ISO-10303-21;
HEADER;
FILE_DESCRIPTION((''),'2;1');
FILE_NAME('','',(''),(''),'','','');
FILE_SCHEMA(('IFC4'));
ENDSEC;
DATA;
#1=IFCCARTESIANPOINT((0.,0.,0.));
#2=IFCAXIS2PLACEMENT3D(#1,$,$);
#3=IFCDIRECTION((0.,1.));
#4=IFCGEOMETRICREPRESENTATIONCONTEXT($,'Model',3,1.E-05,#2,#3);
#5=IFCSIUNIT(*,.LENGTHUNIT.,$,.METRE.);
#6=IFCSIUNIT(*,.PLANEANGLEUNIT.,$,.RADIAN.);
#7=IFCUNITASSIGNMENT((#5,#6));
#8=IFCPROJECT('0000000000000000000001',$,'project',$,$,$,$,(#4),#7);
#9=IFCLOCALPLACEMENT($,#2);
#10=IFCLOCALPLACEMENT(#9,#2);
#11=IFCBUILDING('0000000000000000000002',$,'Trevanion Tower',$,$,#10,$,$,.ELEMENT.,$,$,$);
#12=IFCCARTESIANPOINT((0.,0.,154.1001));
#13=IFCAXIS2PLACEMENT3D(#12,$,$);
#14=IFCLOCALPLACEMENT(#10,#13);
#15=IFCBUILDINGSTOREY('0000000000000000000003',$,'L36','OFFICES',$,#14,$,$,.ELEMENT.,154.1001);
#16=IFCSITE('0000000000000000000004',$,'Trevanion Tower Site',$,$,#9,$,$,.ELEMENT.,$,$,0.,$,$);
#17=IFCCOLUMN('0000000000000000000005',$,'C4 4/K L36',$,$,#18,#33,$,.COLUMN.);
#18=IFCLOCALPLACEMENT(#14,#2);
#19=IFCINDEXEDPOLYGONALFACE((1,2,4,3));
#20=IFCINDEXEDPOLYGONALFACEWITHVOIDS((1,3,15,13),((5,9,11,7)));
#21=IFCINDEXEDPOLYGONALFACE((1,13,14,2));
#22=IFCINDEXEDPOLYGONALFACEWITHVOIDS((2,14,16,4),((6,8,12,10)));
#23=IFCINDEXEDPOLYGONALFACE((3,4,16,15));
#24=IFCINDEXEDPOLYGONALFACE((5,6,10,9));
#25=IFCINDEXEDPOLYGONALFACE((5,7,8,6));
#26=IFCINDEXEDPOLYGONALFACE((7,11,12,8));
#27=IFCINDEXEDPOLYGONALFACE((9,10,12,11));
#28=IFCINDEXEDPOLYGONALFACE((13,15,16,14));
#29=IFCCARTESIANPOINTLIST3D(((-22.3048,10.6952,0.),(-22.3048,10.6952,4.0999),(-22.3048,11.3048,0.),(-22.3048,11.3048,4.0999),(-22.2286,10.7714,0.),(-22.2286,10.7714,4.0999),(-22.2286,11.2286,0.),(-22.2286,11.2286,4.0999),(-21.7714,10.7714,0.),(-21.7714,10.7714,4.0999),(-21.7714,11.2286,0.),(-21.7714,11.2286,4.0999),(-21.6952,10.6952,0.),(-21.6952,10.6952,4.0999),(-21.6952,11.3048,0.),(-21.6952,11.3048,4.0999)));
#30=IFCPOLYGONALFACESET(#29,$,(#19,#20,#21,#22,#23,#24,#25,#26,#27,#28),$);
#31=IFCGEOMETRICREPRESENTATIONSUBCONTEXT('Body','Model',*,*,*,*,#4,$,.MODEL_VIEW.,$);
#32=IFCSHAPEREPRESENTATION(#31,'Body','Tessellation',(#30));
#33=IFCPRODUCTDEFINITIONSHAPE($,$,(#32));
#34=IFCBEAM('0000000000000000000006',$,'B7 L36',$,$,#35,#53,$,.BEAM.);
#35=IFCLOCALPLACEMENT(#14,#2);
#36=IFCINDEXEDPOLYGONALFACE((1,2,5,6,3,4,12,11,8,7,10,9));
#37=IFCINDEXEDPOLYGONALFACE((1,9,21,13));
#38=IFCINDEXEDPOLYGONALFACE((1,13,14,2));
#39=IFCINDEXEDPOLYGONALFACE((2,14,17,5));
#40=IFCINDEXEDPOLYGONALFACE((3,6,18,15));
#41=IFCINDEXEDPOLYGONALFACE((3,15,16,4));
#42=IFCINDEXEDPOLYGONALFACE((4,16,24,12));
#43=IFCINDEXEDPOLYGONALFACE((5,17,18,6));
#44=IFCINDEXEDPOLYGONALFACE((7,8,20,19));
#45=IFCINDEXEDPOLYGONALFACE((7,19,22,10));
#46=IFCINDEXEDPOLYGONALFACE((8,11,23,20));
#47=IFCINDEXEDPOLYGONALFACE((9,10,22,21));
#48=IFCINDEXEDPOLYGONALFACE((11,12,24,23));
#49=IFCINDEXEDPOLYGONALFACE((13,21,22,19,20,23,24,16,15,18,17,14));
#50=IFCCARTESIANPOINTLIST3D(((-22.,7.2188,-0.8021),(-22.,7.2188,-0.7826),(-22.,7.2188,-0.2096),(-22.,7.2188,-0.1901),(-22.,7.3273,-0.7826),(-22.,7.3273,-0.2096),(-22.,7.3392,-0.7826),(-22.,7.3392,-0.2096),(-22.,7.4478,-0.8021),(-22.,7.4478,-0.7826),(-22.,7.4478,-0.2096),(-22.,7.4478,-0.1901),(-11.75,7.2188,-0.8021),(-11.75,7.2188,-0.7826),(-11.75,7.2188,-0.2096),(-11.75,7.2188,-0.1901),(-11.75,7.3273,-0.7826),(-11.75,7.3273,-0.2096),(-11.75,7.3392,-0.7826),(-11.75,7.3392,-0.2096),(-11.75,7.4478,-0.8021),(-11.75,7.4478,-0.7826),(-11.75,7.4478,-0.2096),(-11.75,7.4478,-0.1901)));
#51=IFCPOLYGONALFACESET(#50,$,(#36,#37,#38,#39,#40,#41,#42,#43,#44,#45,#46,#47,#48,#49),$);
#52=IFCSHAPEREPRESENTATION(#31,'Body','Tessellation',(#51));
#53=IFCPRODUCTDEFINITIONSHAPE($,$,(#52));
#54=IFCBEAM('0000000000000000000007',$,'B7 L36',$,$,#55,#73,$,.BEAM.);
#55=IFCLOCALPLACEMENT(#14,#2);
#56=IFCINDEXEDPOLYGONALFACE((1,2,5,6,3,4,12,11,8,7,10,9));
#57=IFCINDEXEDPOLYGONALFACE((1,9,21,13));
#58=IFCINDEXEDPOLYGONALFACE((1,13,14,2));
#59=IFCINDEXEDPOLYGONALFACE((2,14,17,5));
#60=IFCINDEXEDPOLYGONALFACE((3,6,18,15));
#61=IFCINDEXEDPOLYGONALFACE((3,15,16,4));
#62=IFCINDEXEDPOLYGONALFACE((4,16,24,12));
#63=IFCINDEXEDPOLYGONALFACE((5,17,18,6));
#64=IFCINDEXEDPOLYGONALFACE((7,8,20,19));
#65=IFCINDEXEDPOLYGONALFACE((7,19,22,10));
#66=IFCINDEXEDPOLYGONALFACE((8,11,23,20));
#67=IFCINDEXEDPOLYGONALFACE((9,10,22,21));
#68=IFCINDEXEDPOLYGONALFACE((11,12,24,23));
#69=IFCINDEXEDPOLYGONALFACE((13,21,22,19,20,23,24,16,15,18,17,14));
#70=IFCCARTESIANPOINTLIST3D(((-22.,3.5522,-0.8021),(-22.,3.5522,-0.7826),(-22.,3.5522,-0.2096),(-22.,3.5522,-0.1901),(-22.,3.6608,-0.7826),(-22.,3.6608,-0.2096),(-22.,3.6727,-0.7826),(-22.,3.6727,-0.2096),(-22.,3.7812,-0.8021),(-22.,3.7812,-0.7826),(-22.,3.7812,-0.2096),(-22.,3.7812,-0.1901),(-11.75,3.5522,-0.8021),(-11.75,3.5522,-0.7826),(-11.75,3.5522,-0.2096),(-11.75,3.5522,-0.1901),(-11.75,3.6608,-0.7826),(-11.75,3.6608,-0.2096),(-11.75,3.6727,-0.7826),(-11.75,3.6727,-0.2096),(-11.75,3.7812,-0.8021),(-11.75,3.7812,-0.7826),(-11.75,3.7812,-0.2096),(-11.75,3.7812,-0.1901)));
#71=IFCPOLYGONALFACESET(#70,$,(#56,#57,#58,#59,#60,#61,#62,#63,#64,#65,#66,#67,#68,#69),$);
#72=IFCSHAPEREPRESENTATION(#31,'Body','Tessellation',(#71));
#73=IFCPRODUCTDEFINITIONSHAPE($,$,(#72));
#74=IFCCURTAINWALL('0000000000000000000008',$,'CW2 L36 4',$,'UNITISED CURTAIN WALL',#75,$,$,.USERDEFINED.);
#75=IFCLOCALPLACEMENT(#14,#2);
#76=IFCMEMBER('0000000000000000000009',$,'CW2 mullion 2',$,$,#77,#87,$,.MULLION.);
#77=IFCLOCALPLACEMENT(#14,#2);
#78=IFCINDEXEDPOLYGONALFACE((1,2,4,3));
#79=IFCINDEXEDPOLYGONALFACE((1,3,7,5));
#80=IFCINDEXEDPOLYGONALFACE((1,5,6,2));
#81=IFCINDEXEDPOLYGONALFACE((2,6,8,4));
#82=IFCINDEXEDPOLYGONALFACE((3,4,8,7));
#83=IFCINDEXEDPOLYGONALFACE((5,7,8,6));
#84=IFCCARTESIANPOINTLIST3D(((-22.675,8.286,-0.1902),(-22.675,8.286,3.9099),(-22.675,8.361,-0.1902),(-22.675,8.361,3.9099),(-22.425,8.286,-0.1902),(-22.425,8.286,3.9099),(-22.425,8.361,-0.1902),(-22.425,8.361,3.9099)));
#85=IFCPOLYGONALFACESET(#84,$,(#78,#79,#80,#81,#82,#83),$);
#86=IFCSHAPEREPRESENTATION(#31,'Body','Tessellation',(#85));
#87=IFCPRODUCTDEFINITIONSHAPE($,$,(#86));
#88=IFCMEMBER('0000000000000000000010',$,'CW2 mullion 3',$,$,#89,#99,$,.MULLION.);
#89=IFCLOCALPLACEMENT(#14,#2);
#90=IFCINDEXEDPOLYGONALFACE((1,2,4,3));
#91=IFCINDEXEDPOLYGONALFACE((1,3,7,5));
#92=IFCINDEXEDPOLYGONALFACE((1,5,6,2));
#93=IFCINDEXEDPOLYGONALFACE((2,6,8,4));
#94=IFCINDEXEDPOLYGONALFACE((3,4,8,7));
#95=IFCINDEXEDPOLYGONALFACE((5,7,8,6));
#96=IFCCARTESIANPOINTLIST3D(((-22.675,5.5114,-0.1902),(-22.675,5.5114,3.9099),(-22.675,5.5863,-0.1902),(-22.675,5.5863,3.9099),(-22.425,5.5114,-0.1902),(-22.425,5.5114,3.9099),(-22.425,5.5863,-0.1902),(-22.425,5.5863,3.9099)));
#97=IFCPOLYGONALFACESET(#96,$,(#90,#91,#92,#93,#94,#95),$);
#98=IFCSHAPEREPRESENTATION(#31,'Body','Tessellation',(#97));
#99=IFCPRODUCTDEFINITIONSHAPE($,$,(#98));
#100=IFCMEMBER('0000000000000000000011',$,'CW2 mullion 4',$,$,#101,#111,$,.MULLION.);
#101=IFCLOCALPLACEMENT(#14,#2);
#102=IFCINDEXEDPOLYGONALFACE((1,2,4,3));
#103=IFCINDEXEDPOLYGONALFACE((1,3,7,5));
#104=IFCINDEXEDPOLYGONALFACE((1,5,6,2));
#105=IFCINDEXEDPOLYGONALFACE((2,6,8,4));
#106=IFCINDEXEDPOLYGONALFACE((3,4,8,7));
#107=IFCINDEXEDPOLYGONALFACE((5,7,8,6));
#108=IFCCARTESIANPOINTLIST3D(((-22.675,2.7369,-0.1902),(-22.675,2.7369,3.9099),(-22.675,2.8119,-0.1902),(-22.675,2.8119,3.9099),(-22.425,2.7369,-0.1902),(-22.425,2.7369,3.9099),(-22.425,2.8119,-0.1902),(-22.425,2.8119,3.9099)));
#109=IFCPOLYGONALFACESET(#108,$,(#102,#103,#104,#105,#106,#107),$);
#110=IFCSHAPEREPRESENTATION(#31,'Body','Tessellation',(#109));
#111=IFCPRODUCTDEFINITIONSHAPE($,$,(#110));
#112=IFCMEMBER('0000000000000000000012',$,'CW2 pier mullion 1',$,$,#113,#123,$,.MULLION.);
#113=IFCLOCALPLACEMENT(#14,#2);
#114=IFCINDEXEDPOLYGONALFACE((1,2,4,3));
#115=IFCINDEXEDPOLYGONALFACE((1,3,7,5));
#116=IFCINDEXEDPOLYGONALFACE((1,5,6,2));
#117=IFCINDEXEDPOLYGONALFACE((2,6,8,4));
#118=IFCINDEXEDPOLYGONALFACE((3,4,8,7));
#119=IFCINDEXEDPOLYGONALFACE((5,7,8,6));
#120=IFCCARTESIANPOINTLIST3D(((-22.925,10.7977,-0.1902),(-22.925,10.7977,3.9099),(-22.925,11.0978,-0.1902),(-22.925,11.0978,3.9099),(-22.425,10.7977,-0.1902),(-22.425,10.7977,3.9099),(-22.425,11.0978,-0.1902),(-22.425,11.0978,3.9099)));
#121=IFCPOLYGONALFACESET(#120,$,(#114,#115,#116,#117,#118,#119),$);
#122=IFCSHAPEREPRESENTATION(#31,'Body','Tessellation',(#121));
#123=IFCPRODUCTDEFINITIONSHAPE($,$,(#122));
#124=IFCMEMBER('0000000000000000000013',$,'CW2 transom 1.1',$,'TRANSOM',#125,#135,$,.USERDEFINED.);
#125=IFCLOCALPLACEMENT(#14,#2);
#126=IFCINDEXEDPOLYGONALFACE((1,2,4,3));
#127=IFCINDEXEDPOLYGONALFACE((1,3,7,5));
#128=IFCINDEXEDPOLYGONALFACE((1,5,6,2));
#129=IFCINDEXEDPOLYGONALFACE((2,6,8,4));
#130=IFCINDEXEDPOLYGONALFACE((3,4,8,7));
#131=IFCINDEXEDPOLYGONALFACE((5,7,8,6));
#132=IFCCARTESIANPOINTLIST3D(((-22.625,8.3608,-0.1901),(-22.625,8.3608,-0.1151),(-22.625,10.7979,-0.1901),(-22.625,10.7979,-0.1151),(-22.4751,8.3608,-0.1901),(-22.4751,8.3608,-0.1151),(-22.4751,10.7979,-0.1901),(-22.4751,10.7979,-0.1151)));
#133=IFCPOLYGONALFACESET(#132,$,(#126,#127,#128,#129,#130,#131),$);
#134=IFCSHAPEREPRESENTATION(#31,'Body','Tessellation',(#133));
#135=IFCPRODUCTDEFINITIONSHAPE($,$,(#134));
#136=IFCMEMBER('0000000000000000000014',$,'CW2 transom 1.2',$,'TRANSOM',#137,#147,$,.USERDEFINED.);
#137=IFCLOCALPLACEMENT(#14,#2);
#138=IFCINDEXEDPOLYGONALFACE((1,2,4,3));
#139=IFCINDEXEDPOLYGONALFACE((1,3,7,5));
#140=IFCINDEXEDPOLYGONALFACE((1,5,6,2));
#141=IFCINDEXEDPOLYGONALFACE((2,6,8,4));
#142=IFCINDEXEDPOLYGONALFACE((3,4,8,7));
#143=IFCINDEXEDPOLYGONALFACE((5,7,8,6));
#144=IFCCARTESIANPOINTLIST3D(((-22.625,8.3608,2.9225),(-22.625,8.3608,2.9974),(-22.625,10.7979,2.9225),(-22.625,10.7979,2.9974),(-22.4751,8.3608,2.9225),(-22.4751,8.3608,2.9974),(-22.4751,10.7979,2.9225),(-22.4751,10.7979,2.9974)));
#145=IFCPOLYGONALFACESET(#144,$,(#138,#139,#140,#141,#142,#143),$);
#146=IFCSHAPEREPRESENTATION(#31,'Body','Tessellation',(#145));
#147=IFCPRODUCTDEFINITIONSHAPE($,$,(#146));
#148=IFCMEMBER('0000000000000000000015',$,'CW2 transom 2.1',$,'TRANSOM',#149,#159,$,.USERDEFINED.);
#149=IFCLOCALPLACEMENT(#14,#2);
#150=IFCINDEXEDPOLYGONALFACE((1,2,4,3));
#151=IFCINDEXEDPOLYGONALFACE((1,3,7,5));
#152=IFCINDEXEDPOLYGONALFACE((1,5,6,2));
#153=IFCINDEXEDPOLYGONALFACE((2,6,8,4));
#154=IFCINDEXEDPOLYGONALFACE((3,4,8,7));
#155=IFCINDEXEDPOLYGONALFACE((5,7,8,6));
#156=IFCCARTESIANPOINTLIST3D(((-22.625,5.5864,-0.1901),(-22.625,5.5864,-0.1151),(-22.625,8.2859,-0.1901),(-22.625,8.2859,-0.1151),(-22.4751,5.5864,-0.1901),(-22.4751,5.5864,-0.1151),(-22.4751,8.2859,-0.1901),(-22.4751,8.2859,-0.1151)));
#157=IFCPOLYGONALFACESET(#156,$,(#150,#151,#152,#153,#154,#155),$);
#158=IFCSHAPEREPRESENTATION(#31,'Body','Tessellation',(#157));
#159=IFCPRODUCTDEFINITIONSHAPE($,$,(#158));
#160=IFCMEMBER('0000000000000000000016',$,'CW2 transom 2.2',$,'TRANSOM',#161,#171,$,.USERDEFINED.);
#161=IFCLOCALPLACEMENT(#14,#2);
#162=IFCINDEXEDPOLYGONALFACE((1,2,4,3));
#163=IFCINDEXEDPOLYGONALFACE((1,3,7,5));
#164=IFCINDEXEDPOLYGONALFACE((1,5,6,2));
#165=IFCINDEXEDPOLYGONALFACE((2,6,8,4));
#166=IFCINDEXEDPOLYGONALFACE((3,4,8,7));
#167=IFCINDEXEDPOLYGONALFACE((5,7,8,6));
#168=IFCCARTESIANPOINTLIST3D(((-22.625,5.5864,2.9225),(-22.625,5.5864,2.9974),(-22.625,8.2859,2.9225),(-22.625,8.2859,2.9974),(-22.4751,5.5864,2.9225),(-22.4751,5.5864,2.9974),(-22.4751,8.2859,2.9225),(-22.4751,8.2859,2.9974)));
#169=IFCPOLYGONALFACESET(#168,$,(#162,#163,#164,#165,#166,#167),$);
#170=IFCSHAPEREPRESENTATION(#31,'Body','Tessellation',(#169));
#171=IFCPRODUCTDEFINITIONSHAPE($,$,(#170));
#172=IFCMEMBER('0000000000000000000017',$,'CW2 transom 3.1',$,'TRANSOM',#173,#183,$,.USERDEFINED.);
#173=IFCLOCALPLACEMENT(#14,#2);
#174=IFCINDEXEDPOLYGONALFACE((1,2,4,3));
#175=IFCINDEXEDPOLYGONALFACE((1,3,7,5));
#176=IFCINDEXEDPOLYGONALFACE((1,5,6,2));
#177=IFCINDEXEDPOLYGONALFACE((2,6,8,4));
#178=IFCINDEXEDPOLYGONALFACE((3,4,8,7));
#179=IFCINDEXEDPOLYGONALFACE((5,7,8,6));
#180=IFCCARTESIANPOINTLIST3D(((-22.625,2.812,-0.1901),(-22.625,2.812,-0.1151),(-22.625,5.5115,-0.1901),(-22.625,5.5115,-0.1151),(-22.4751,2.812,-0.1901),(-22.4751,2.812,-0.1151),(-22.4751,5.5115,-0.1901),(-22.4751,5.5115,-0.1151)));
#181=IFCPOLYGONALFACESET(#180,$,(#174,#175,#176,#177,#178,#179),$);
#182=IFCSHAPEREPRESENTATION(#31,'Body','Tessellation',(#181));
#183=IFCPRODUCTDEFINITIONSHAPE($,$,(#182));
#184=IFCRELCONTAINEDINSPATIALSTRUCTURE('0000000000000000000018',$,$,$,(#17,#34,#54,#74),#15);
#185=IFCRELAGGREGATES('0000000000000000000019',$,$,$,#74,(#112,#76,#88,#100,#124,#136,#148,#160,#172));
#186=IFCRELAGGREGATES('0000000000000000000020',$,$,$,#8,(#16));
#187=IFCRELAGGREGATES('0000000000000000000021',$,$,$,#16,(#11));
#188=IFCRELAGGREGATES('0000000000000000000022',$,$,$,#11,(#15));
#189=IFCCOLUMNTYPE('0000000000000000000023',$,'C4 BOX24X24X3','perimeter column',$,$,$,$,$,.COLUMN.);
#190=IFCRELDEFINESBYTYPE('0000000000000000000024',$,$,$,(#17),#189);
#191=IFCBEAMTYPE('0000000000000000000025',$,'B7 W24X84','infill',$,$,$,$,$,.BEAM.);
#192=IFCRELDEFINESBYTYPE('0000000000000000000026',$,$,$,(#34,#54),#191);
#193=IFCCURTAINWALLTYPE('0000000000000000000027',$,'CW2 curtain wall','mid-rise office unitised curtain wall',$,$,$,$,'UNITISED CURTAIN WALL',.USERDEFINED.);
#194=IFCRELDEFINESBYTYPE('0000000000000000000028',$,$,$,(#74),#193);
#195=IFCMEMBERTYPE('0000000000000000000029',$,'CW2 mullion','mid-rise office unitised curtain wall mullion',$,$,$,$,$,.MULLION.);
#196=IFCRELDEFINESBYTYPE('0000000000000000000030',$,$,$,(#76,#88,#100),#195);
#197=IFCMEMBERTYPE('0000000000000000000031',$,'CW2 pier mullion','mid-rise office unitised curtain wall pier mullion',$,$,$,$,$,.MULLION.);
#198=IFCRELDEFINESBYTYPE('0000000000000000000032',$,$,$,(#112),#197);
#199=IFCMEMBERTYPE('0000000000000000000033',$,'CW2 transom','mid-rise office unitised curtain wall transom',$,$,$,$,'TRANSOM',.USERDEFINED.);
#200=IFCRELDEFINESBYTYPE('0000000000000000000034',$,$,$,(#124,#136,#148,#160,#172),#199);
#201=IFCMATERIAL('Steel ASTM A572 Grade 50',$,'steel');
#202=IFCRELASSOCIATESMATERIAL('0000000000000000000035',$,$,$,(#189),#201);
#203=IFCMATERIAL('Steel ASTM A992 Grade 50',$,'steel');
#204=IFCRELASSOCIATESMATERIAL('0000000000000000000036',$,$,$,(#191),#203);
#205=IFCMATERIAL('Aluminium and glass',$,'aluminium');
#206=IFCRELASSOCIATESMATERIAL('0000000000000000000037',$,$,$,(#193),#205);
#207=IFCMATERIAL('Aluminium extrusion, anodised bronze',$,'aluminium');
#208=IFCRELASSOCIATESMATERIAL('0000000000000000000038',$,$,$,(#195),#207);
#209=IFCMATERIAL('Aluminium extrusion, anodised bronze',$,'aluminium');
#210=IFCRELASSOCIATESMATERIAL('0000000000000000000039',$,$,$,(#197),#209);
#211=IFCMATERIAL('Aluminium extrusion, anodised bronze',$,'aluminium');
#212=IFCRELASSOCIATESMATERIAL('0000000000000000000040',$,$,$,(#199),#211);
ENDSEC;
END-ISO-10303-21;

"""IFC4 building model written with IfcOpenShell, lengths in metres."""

from ifc_helpers import new_model, si_unit, direction, frame, origin, origin_2d, place, context, subcontext, project, spatial, rectangle, hollow_rectangle, i_section, extrude, material, material_profile, profile_set, type_object, element, aggregate, save


model = new_model("IFC4")

# Units and contexts
model_context = context("Model", 3, precision=1e-05, world=origin(), true_north=direction((0.0, 1.0)))
body_context = subcontext(model_context, "Body", "Model", "MODEL_VIEW")
ifc_project = project(units=[si_unit("LENGTHUNIT", "METRE"), si_unit("PLANEANGLEUNIT", "RADIAN")], contexts=[model_context])

# Site, building, storey
site_placement = place(None, origin())
site = spatial("IfcSite", under=ifc_project, at=site_placement, Name="Trevanion Tower Site", CompositionType="ELEMENT", RefElevation=0.0)
building_placement = place(site_placement, origin())
building = spatial("IfcBuilding", under=site, at=building_placement, Name="Trevanion Tower", CompositionType="ELEMENT")
storey_placement = place(building_placement, frame((0.0, 0.0, 154.1001)))
storey = spatial("IfcBuildingStorey", under=building, at=storey_placement, Name="L36", Description="OFFICES", CompositionType="ELEMENT", Elevation=154.1001)

# Column
ifc_material_1 = material(Name="Steel ASTM A572 Grade 50", Category="steel")
ifc_material_profile_1 = material_profile(ifc_material_1, hollow_rectangle(XDim=0.6096, YDim=0.6096, WallThickness=0.0762, at=origin_2d()), Name="BOX24X24X3")
ifc_profile_set_1 = profile_set([ifc_material_profile_1], Name="Steel ASTM A572 Grade 50")
column_type = type_object("IfcColumnType", Name="C4 BOX24X24X3", Description="perimeter column", PredefinedType="COLUMN", material=ifc_profile_set_1)
column_placement = place(storey_placement, frame((-22.0, 11.0, 0.0), z_axis=(0.0, 0.0, 1.0), x_axis=(0.0, 1.0, 0.0)))
element("IfcColumn", 1, at=column_placement, inside=storey, type_object=column_type, Name="C4 4/K L36", PredefinedType="COLUMN", context=body_context, shape_type="SweptSolid", body=[
    extrude(hollow_rectangle(XDim=0.6096, YDim=0.6096, WallThickness=0.0762, at=origin_2d()), origin(), (0.0, 0.0, 1.0), 4.0999),
])

# Beams
ifc_material_2 = material(Name="Steel ASTM A992 Grade 50", Category="steel")
ifc_material_profile_2 = material_profile(ifc_material_2, i_section(OverallWidth=0.229, OverallDepth=0.6121, WebThickness=0.012, FlangeThickness=0.0195, at=origin_2d()), Name="W24X84")
ifc_profile_set_2 = profile_set([ifc_material_profile_2], Name="Steel ASTM A992 Grade 50")
beam_type_1 = type_object("IfcBeamType", Name="B7 W24X84", Description="infill", PredefinedType="BEAM", material=ifc_profile_set_2)
for number, where, z_axis, x_axis, name in (
    (2, (-11.75, 7.3333, -0.4961), (-1.0, 0.0, 0.0), (0.0, -1.0, 0.0), "B7 L36"),
    (3, (-11.75, 3.6667, -0.4961), (-1.0, 0.0, 0.0), (0.0, -1.0, 0.0), "B7 L36"),
):
    element("IfcBeam", number, at=place(storey_placement, frame(where, z_axis=z_axis, x_axis=x_axis)), inside=storey, type_object=beam_type_1, Name=name, PredefinedType="BEAM", context=body_context, shape_type="SweptSolid", body=[
        extrude(i_section(OverallWidth=0.229, OverallDepth=0.6121, WebThickness=0.012, FlangeThickness=0.0195, at=origin_2d()), origin(), (0.0, 0.0, 1.0), 10.25),
    ])

# Curtain wall, members
ifc_material_3 = material(Name="Aluminium and glass", Category="aluminium")
curtain_wall_type = type_object("IfcCurtainWallType", Name="CW2 curtain wall", Description="mid-rise office unitised curtain wall", ElementType="UNITISED CURTAIN WALL", PredefinedType="USERDEFINED", material=ifc_material_3)
curtain_wall_placement = place(storey_placement, origin())
curtain_wall = element("IfcCurtainWall", 4, at=curtain_wall_placement, inside=storey, type_object=curtain_wall_type, Name="CW2 L36 4", ObjectType="UNITISED CURTAIN WALL", PredefinedType="USERDEFINED")
ifc_material_4 = material(Name="Aluminium extrusion, anodised bronze", Category="aluminium")
ifc_material_profile_3 = material_profile(ifc_material_4, rectangle(XDim=0.075, YDim=0.25, at=origin_2d()), Name="CW2 mullion")
ifc_profile_set_3 = profile_set([ifc_material_profile_3], Name="Aluminium extrusion, anodised bronze")
member_type_1 = type_object("IfcMemberType", Name="CW2 mullion", Description="mid-rise office unitised curtain wall mullion", PredefinedType="MULLION", material=ifc_profile_set_3)
member_1_placement = place(storey_placement, frame((-22.55, 8.3235, -0.1902), z_axis=(0.0, 0.0, 1.0), x_axis=(0.0, -1.0, 0.0)))
member_1 = element("IfcMember", 5, at=member_1_placement, type_object=member_type_1, Name="CW2 mullion 2", PredefinedType="MULLION", context=body_context, shape_type="SweptSolid", body=[
    extrude(rectangle(XDim=0.075, YDim=0.25, at=origin_2d()), origin(), (0.0, 0.0, 1.0), 4.1001),
])
member_2_placement = place(storey_placement, frame((-22.55, 5.5488, -0.1902), z_axis=(0.0, 0.0, 1.0), x_axis=(0.0, -1.0, 0.0)))
member_2 = element("IfcMember", 6, at=member_2_placement, type_object=member_type_1, Name="CW2 mullion 3", PredefinedType="MULLION", context=body_context, shape_type="SweptSolid", body=[
    extrude(rectangle(XDim=0.075, YDim=0.25, at=origin_2d()), origin(), (0.0, 0.0, 1.0), 4.1001),
])
member_3_placement = place(storey_placement, frame((-22.55, 2.7744, -0.1902), z_axis=(0.0, 0.0, 1.0), x_axis=(0.0, -1.0, 0.0)))
member_3 = element("IfcMember", 7, at=member_3_placement, type_object=member_type_1, Name="CW2 mullion 4", PredefinedType="MULLION", context=body_context, shape_type="SweptSolid", body=[
    extrude(rectangle(XDim=0.075, YDim=0.25, at=origin_2d()), origin(), (0.0, 0.0, 1.0), 4.1001),
])
ifc_material_5 = material(Name="Aluminium extrusion, anodised bronze", Category="aluminium")
ifc_material_profile_4 = material_profile(ifc_material_5, rectangle(XDim=0.3, YDim=0.5, at=origin_2d()), Name="CW2 pier mullion")
ifc_profile_set_4 = profile_set([ifc_material_profile_4], Name="Aluminium extrusion, anodised bronze")
member_type_2 = type_object("IfcMemberType", Name="CW2 pier mullion", Description="mid-rise office unitised curtain wall pier mullion", PredefinedType="MULLION", material=ifc_profile_set_4)
member_4_placement = place(storey_placement, frame((-22.675, 10.9478, -0.1902), z_axis=(0.0, 0.0, 1.0), x_axis=(0.0, -1.0, 0.0)))
member_4 = element("IfcMember", 8, at=member_4_placement, type_object=member_type_2, Name="CW2 pier mullion 1", PredefinedType="MULLION", context=body_context, shape_type="SweptSolid", body=[
    extrude(rectangle(XDim=0.3, YDim=0.5, at=origin_2d()), origin(), (0.0, 0.0, 1.0), 4.1001),
])
ifc_material_6 = material(Name="Aluminium extrusion, anodised bronze", Category="aluminium")
ifc_material_profile_5 = material_profile(ifc_material_6, rectangle(XDim=0.1499, YDim=0.075, at=origin_2d()), Name="CW2 transom")
ifc_profile_set_5 = profile_set([ifc_material_profile_5], Name="Aluminium extrusion, anodised bronze")
member_type_3 = type_object("IfcMemberType", Name="CW2 transom", Description="mid-rise office unitised curtain wall transom", ElementType="TRANSOM", PredefinedType="USERDEFINED", material=ifc_profile_set_5)
member_5_placement = place(storey_placement, frame((-22.55, 10.7979, -0.1526), z_axis=(0.0, -1.0, 0.0), x_axis=(1.0, 0.0, 0.0)))
member_5 = element("IfcMember", 9, at=member_5_placement, type_object=member_type_3, Name="CW2 transom 1.1", ObjectType="TRANSOM", PredefinedType="USERDEFINED", context=body_context, shape_type="SweptSolid", body=[
    extrude(rectangle(XDim=0.1499, YDim=0.075, at=origin_2d()), origin(), (0.0, 0.0, 1.0), 2.437),
])
member_6_placement = place(storey_placement, frame((-22.55, 10.7979, 2.96), z_axis=(0.0, -1.0, 0.0), x_axis=(1.0, 0.0, 0.0)))
member_6 = element("IfcMember", 10, at=member_6_placement, type_object=member_type_3, Name="CW2 transom 1.2", ObjectType="TRANSOM", PredefinedType="USERDEFINED", context=body_context, shape_type="SweptSolid", body=[
    extrude(rectangle(XDim=0.1499, YDim=0.075, at=origin_2d()), origin(), (0.0, 0.0, 1.0), 2.437),
])
member_7_placement = place(storey_placement, frame((-22.55, 8.2859, -0.1526), z_axis=(0.0, -1.0, 0.0), x_axis=(1.0, 0.0, 0.0)))
member_7 = element("IfcMember", 11, at=member_7_placement, type_object=member_type_3, Name="CW2 transom 2.1", ObjectType="TRANSOM", PredefinedType="USERDEFINED", context=body_context, shape_type="SweptSolid", body=[
    extrude(rectangle(XDim=0.1499, YDim=0.075, at=origin_2d()), origin(), (0.0, 0.0, 1.0), 2.6995),
])
member_8_placement = place(storey_placement, frame((-22.55, 8.2859, 2.96), z_axis=(0.0, -1.0, 0.0), x_axis=(1.0, 0.0, 0.0)))
member_8 = element("IfcMember", 12, at=member_8_placement, type_object=member_type_3, Name="CW2 transom 2.2", ObjectType="TRANSOM", PredefinedType="USERDEFINED", context=body_context, shape_type="SweptSolid", body=[
    extrude(rectangle(XDim=0.1499, YDim=0.075, at=origin_2d()), origin(), (0.0, 0.0, 1.0), 2.6995),
])
member_9_placement = place(storey_placement, frame((-22.55, 5.5115, -0.1526), z_axis=(0.0, -1.0, 0.0), x_axis=(1.0, 0.0, 0.0)))
member_9 = element("IfcMember", 13, at=member_9_placement, type_object=member_type_3, Name="CW2 transom 3.1", ObjectType="TRANSOM", PredefinedType="USERDEFINED", context=body_context, shape_type="SweptSolid", body=[
    extrude(rectangle(XDim=0.1499, YDim=0.075, at=origin_2d()), origin(), (0.0, 0.0, 1.0), 2.6995),
])

aggregate(curtain_wall, [member_4, member_1, member_2, member_3, member_5, member_6, member_7, member_8, member_9])

save(model, "model.ifc")
